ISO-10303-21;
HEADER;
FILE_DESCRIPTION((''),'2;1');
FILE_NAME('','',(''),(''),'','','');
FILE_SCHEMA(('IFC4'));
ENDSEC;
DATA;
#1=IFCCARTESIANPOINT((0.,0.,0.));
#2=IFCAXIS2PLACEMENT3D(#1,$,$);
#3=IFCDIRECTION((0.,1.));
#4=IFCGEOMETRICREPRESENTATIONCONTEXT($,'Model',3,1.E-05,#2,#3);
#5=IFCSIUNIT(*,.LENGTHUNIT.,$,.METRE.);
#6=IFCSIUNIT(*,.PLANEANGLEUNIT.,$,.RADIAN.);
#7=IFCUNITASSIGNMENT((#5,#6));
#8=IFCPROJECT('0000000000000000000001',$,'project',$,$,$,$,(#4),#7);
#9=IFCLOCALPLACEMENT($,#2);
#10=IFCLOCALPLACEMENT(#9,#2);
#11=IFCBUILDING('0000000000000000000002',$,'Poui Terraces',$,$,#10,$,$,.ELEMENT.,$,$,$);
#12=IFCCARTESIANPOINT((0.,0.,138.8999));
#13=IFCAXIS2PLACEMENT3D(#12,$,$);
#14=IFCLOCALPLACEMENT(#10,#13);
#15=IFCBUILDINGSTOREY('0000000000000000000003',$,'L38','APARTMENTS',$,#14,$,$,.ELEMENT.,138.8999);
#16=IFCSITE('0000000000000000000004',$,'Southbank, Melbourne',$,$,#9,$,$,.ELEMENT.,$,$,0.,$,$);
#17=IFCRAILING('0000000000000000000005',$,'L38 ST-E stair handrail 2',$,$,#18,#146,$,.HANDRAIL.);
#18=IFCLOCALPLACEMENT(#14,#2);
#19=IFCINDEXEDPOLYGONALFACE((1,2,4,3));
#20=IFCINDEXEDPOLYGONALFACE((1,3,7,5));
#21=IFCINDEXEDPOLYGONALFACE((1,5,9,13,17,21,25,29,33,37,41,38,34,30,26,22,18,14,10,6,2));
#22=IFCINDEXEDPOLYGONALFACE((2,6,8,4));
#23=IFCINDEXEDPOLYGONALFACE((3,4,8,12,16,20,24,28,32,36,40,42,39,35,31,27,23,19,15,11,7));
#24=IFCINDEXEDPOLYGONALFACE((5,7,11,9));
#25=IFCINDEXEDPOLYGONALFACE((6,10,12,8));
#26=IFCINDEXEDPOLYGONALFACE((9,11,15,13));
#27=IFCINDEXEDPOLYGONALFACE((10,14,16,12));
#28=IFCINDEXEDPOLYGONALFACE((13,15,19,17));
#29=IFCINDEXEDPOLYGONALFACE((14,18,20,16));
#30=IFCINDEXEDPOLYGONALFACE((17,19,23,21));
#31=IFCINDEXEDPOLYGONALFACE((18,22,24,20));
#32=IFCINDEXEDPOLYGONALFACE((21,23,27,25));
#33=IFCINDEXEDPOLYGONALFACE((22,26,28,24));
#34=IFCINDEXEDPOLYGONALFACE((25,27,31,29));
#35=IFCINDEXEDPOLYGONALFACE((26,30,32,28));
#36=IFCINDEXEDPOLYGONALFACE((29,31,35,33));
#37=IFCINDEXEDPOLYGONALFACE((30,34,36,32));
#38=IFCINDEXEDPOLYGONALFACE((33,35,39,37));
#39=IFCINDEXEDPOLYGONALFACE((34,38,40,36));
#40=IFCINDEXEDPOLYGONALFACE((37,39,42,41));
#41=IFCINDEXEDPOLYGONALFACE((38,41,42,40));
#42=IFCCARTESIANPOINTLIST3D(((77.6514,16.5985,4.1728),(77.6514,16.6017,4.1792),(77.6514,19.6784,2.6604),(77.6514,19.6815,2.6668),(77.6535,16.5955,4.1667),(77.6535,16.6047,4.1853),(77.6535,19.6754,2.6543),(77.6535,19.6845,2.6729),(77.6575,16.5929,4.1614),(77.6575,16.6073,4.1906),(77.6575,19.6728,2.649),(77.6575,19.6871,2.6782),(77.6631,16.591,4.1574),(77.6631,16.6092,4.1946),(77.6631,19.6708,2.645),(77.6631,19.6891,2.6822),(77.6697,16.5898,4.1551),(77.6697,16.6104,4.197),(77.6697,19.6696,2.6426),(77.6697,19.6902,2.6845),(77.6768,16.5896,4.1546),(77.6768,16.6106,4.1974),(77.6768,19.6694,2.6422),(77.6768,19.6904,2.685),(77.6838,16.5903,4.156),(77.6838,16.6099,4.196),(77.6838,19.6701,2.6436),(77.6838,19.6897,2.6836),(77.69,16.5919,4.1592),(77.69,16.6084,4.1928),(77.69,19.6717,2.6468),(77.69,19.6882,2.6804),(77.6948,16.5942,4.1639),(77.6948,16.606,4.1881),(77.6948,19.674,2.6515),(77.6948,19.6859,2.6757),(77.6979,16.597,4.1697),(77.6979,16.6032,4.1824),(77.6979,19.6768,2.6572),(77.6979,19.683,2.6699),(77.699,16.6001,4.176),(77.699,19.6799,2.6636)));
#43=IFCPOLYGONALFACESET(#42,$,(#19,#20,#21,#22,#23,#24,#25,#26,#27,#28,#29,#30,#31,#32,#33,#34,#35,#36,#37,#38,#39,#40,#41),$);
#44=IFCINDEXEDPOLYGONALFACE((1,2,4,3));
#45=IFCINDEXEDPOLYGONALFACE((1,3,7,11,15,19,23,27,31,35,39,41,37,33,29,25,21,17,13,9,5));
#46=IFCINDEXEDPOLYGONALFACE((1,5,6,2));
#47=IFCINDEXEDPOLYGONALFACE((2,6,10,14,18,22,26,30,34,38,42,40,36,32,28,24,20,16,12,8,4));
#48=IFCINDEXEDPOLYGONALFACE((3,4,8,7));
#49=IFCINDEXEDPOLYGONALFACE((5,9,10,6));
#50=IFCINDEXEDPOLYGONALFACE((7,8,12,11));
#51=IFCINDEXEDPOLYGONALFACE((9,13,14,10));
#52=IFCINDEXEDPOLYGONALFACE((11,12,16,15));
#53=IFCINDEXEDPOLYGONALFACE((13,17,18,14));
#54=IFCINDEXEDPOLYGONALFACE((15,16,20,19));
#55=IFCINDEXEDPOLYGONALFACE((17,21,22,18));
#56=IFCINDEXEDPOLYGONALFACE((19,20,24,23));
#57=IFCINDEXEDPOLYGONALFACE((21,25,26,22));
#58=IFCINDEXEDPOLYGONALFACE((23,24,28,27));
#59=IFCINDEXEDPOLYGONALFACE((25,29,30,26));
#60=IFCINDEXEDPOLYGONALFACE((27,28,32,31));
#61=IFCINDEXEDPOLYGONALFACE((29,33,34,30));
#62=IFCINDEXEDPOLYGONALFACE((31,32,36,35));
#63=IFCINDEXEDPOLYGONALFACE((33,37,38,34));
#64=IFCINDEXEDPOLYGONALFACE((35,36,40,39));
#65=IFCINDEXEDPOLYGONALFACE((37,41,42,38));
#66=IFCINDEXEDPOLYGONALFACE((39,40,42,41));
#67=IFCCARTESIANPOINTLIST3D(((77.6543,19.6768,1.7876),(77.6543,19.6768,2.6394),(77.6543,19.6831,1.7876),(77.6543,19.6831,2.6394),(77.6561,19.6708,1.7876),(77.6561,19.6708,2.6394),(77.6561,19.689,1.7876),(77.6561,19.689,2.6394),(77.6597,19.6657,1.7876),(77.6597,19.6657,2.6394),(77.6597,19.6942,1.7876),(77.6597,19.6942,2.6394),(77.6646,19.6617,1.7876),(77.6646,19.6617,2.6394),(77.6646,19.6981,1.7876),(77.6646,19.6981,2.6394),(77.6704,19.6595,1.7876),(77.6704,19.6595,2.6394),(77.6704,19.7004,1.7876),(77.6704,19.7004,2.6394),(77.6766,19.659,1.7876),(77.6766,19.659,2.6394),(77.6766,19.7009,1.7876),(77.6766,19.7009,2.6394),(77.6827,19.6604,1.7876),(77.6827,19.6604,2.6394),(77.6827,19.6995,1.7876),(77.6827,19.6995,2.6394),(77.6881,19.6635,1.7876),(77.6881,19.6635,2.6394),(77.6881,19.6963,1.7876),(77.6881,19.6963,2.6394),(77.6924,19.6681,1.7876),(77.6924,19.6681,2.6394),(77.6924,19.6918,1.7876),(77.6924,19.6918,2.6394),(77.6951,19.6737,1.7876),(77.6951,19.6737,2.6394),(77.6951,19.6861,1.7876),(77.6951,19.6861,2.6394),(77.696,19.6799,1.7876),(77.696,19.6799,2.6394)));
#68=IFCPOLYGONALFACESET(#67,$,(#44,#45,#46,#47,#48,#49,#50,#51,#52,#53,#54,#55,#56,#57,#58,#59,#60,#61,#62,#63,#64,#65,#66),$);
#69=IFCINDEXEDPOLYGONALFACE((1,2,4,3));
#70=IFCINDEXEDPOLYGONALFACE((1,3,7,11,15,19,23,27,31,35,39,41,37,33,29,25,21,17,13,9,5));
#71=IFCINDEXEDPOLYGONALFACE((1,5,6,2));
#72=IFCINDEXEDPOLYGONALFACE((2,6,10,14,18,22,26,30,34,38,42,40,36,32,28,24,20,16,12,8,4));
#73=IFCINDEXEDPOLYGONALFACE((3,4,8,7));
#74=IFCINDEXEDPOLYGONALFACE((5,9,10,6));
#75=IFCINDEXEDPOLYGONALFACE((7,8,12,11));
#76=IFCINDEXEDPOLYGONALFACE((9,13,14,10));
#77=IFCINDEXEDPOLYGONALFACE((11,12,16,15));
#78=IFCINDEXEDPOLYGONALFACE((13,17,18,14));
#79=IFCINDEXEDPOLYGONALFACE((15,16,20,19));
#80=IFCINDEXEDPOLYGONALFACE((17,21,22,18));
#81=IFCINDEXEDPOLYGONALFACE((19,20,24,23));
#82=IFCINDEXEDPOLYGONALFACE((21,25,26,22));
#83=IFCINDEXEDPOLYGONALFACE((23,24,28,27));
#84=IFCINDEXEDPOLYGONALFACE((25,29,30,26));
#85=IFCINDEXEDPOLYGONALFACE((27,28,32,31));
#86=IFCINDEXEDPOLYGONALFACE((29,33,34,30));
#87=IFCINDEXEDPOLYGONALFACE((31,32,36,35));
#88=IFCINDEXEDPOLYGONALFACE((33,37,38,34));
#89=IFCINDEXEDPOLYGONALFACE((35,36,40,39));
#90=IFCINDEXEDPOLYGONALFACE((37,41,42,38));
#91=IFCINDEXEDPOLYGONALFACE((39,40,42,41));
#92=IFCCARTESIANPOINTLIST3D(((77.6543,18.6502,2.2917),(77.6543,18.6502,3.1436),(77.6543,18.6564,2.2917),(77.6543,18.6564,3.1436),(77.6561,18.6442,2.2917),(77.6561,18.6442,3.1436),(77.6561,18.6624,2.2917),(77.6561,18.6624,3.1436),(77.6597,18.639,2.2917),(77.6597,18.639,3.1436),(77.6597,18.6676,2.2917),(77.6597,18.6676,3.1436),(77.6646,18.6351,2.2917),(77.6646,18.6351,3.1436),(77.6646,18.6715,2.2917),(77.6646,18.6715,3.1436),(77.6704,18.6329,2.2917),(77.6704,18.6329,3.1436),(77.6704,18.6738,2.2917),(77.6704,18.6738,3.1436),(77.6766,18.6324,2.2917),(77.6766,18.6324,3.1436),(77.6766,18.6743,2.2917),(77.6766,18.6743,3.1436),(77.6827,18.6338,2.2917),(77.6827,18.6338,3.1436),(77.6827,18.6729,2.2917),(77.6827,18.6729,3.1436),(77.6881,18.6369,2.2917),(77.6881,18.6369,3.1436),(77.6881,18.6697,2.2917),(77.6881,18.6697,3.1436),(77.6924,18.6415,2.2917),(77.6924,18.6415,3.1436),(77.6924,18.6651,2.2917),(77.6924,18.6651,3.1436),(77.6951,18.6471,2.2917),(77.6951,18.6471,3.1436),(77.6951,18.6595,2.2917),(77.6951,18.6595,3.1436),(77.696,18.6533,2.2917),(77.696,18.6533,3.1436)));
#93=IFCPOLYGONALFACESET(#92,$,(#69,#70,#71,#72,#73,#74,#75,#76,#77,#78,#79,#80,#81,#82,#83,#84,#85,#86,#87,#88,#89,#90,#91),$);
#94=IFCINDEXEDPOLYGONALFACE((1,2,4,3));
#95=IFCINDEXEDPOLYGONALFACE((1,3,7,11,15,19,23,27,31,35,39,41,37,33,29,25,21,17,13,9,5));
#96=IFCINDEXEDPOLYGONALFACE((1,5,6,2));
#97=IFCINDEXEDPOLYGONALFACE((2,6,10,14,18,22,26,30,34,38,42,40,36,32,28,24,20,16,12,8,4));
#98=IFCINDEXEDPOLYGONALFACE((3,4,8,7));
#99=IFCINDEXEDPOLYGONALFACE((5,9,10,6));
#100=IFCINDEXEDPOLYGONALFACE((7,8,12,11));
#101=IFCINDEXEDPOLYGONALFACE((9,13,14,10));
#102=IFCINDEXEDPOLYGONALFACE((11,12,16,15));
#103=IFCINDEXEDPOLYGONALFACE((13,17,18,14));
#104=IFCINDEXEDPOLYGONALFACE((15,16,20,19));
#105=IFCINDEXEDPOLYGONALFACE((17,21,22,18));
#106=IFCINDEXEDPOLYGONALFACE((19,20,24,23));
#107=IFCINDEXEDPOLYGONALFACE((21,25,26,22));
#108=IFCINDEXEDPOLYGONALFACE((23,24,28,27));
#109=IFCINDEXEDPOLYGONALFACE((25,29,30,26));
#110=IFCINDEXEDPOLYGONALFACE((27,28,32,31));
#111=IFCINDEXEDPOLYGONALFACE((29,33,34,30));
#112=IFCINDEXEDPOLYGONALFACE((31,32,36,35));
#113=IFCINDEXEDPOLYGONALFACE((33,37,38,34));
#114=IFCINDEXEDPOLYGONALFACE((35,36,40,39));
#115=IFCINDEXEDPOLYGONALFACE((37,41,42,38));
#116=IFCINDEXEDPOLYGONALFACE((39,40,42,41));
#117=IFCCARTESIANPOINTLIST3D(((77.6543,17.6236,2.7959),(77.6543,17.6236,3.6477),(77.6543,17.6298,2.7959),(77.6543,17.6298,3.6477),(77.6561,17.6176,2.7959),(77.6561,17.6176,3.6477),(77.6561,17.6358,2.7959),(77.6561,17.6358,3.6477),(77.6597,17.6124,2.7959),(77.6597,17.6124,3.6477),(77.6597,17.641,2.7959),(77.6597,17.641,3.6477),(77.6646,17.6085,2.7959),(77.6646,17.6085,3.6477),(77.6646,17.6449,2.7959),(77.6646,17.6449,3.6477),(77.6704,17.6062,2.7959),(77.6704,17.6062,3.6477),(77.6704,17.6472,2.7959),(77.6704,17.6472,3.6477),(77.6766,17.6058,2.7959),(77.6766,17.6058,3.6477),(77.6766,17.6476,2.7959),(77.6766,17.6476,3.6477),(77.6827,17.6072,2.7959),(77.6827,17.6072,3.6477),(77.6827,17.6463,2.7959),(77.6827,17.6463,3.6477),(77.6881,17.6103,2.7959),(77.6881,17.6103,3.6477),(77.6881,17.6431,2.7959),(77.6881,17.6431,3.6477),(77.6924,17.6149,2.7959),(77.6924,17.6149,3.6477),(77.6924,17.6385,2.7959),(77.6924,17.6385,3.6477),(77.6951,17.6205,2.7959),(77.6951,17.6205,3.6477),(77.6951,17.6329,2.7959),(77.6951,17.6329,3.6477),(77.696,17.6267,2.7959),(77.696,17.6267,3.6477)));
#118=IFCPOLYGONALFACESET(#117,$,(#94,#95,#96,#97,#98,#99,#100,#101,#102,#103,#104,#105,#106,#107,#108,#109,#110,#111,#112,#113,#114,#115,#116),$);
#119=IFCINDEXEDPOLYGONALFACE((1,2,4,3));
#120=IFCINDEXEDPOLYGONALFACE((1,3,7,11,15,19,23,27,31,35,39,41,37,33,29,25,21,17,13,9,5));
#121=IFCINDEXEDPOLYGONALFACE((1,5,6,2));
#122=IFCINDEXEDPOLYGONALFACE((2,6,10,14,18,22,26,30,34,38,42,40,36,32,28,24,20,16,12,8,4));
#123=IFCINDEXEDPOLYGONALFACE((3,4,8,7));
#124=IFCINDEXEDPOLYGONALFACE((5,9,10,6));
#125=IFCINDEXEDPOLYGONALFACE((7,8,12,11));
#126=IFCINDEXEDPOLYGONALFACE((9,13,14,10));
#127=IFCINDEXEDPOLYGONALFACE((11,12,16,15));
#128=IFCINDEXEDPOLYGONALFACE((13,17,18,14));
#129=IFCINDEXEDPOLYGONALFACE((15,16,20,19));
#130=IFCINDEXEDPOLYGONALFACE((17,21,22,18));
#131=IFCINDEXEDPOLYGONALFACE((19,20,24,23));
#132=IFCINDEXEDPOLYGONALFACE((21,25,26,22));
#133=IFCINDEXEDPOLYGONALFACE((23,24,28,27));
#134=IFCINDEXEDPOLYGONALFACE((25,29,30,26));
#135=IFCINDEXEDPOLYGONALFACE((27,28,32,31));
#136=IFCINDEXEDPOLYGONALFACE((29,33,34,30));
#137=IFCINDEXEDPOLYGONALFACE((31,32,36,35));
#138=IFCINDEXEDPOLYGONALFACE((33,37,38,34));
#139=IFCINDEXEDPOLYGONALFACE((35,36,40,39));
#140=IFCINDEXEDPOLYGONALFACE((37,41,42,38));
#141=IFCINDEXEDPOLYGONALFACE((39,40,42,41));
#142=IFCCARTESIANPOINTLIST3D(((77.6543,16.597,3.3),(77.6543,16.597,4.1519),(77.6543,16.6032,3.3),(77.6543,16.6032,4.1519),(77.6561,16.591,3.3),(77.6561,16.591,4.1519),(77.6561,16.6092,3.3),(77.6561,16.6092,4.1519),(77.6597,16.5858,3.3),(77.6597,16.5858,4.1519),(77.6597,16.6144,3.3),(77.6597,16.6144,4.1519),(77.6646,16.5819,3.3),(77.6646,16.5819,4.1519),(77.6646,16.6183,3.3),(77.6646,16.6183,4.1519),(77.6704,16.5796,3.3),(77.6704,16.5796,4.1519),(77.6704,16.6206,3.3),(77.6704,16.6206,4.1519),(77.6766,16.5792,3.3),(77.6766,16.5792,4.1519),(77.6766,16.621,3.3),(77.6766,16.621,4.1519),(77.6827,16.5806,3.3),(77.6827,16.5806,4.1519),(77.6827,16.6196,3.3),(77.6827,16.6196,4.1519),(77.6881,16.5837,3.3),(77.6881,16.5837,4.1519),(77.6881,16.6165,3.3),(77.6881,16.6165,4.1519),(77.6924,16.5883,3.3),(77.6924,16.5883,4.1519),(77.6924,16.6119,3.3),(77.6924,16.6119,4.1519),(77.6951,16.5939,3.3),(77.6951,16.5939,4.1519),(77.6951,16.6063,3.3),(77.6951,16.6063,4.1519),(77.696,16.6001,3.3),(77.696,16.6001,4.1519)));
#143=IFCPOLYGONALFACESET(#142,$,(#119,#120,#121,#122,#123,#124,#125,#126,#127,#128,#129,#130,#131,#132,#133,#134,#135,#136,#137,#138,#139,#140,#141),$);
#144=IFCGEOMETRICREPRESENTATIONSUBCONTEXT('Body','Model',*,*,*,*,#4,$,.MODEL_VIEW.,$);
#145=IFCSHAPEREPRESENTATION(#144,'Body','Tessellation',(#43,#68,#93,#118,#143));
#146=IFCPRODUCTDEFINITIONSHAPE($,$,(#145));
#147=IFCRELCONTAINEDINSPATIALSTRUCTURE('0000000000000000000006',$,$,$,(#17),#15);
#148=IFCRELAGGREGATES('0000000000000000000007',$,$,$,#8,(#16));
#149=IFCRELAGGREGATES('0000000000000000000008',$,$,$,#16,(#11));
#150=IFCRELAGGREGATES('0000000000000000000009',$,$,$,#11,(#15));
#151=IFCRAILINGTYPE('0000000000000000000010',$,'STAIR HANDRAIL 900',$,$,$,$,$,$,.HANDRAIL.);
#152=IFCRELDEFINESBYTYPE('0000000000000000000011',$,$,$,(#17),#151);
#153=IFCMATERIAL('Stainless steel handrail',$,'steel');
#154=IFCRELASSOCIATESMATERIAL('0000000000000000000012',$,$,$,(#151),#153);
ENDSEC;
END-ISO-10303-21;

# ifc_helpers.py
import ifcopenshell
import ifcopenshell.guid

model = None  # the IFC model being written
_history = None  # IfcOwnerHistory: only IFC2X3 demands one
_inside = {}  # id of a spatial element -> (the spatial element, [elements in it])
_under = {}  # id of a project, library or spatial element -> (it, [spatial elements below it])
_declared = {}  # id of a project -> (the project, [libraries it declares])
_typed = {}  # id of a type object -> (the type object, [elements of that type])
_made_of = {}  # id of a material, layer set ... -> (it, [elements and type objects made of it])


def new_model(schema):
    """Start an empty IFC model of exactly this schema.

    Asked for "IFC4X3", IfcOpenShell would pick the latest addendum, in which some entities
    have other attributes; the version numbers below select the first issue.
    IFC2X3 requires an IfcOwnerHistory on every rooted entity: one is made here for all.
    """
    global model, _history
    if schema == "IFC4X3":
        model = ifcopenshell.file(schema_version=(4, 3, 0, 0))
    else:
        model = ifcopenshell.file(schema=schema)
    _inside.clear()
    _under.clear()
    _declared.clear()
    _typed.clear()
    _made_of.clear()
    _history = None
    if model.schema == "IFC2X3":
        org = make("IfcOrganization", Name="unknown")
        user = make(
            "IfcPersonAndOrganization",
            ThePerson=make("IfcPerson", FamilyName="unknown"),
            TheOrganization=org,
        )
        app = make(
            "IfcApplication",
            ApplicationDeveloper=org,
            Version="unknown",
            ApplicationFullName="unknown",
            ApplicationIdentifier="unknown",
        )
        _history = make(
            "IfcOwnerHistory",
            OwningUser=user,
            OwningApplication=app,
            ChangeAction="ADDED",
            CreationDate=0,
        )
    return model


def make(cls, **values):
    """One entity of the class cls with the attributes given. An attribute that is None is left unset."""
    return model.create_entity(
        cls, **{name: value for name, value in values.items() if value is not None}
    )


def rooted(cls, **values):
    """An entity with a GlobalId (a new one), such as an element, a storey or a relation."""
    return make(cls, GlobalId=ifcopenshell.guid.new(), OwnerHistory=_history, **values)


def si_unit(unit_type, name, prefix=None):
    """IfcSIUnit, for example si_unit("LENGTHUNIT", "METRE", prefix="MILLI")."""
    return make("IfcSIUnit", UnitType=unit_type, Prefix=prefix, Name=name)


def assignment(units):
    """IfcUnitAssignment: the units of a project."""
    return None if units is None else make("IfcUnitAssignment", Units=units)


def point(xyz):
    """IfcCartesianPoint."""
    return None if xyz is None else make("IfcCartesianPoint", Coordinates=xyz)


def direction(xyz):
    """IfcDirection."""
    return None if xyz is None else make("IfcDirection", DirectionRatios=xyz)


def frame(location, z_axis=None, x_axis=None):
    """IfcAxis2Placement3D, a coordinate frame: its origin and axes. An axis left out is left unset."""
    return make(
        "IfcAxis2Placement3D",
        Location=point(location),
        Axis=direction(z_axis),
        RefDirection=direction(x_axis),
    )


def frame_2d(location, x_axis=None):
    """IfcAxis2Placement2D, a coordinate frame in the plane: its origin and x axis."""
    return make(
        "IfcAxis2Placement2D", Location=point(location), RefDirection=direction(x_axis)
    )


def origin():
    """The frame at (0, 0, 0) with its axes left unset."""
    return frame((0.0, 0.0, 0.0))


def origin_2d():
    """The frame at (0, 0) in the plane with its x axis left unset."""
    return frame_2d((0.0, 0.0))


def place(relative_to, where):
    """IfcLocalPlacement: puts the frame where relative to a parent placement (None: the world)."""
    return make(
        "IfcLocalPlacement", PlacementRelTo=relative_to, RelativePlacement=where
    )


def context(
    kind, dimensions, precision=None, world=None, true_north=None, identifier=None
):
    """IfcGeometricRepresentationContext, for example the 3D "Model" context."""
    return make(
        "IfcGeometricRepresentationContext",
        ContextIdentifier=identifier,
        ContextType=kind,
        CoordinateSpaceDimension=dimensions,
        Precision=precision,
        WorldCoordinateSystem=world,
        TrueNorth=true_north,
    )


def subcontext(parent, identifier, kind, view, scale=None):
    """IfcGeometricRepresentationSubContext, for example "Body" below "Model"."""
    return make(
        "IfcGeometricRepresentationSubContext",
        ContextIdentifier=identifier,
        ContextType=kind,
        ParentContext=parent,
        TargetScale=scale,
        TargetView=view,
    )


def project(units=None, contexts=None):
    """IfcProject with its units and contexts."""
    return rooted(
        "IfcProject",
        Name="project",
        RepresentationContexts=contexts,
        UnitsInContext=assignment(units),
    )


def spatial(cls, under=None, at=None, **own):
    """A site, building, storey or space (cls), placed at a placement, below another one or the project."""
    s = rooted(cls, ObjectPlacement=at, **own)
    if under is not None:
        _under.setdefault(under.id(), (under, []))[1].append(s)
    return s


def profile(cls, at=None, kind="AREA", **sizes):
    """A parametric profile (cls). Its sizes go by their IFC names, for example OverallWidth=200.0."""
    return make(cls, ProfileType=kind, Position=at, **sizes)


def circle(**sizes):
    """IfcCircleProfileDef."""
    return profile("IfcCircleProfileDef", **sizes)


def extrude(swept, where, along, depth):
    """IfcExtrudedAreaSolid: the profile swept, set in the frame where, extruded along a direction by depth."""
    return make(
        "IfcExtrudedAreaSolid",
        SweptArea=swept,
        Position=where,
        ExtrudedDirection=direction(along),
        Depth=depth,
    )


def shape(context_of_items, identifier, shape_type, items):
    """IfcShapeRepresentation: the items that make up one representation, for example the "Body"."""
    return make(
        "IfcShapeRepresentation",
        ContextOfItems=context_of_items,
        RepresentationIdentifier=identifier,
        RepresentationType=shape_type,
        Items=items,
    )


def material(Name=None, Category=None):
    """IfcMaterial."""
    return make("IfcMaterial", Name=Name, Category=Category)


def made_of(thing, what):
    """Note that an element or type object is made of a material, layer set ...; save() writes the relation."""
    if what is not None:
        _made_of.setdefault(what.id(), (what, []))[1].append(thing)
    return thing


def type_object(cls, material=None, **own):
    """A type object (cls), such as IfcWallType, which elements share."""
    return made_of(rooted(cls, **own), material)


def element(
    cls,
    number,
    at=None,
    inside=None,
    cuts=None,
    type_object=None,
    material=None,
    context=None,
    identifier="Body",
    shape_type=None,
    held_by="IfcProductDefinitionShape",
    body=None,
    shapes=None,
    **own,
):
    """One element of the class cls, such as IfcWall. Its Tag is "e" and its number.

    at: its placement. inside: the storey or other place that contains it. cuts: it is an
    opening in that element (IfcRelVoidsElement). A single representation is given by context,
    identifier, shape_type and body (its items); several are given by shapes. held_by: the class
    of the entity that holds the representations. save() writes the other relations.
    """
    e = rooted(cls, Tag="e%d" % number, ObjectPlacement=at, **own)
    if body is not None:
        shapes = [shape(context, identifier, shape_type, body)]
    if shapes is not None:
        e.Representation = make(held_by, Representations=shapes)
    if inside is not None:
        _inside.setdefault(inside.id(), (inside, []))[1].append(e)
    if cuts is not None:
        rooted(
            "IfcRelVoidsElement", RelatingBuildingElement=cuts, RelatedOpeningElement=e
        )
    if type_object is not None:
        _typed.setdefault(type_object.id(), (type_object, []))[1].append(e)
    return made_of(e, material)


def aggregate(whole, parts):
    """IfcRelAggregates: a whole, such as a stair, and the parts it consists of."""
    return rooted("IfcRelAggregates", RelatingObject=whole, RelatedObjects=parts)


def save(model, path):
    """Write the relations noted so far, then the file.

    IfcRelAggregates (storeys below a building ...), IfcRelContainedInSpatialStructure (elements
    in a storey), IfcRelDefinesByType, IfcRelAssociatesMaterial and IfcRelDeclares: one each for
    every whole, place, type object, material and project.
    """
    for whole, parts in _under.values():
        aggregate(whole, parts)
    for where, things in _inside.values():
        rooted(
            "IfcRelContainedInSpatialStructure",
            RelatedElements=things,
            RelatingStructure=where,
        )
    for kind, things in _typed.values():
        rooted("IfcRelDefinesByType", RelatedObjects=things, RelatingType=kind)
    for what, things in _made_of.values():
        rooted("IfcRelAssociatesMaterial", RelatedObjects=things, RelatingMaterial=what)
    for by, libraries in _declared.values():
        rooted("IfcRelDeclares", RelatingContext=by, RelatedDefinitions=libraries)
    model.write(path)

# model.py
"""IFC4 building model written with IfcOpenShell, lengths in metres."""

from ifc_helpers import new_model, si_unit, direction, frame, origin, origin_2d, place, context, subcontext, project, spatial, circle, extrude, material, type_object, element, save


model = new_model("IFC4")

# Units and contexts
model_context = context("Model", 3, precision=1e-05, world=origin(), true_north=direction((0.0, 1.0)))
body_context = subcontext(model_context, "Body", "Model", "MODEL_VIEW")
ifc_project = project(units=[si_unit("LENGTHUNIT", "METRE"), si_unit("PLANEANGLEUNIT", "RADIAN")], contexts=[model_context])

# Site, building, storey
site_placement = place(None, origin())
site = spatial("IfcSite", under=ifc_project, at=site_placement, Name="Southbank, Melbourne", CompositionType="ELEMENT", RefElevation=0.0)
building_placement = place(site_placement, origin())
building = spatial("IfcBuilding", under=site, at=building_placement, Name="Poui Terraces", CompositionType="ELEMENT")
storey_placement = place(building_placement, frame((0.0, 0.0, 138.8999)))
storey = spatial("IfcBuildingStorey", under=building, at=storey_placement, Name="L38", Description="APARTMENTS", CompositionType="ELEMENT", Elevation=138.8999)

# Railing
ifc_material_1 = material(Name="Stainless steel handrail", Category="steel")
railing_type_1 = type_object("IfcRailingType", Name="STAIR HANDRAIL 900", PredefinedType="HANDRAIL", material=ifc_material_1)
railing_1_placement = place(storey_placement, frame((77.675, 19.6799, 1.7876)))
element("IfcRailing", 1, at=railing_1_placement, inside=storey, type_object=railing_type_1, Name="L38 ST-E stair handrail 2", PredefinedType="HANDRAIL", context=body_context, shape_type="SweptSolid", body=[
    extrude(circle(Radius=0.0239, at=origin_2d()), frame((0.0, 0.0, 0.876), z_axis=(0.0, -0.897606, 0.440798), x_axis=(1.0, 0.0, 0.0)), (0.0, 0.0, 1.0), 3.4312),
    extrude(circle(Radius=0.021, at=origin_2d()), origin(), (0.0, 0.0, 1.0), 0.8518),
    extrude(circle(Radius=0.021, at=origin_2d()), frame((0.0, -1.0266, 0.5042)), (0.0, 0.0, 1.0), 0.8518),
    extrude(circle(Radius=0.021, at=origin_2d()), frame((0.0, -2.0532, 1.0083)), (0.0, 0.0, 1.0), 0.8518),
    extrude(circle(Radius=0.021, at=origin_2d()), frame((0.0, -3.0798, 1.5125)), (0.0, 0.0, 1.0), 0.8518),
])

save(model, "model.ifc")
